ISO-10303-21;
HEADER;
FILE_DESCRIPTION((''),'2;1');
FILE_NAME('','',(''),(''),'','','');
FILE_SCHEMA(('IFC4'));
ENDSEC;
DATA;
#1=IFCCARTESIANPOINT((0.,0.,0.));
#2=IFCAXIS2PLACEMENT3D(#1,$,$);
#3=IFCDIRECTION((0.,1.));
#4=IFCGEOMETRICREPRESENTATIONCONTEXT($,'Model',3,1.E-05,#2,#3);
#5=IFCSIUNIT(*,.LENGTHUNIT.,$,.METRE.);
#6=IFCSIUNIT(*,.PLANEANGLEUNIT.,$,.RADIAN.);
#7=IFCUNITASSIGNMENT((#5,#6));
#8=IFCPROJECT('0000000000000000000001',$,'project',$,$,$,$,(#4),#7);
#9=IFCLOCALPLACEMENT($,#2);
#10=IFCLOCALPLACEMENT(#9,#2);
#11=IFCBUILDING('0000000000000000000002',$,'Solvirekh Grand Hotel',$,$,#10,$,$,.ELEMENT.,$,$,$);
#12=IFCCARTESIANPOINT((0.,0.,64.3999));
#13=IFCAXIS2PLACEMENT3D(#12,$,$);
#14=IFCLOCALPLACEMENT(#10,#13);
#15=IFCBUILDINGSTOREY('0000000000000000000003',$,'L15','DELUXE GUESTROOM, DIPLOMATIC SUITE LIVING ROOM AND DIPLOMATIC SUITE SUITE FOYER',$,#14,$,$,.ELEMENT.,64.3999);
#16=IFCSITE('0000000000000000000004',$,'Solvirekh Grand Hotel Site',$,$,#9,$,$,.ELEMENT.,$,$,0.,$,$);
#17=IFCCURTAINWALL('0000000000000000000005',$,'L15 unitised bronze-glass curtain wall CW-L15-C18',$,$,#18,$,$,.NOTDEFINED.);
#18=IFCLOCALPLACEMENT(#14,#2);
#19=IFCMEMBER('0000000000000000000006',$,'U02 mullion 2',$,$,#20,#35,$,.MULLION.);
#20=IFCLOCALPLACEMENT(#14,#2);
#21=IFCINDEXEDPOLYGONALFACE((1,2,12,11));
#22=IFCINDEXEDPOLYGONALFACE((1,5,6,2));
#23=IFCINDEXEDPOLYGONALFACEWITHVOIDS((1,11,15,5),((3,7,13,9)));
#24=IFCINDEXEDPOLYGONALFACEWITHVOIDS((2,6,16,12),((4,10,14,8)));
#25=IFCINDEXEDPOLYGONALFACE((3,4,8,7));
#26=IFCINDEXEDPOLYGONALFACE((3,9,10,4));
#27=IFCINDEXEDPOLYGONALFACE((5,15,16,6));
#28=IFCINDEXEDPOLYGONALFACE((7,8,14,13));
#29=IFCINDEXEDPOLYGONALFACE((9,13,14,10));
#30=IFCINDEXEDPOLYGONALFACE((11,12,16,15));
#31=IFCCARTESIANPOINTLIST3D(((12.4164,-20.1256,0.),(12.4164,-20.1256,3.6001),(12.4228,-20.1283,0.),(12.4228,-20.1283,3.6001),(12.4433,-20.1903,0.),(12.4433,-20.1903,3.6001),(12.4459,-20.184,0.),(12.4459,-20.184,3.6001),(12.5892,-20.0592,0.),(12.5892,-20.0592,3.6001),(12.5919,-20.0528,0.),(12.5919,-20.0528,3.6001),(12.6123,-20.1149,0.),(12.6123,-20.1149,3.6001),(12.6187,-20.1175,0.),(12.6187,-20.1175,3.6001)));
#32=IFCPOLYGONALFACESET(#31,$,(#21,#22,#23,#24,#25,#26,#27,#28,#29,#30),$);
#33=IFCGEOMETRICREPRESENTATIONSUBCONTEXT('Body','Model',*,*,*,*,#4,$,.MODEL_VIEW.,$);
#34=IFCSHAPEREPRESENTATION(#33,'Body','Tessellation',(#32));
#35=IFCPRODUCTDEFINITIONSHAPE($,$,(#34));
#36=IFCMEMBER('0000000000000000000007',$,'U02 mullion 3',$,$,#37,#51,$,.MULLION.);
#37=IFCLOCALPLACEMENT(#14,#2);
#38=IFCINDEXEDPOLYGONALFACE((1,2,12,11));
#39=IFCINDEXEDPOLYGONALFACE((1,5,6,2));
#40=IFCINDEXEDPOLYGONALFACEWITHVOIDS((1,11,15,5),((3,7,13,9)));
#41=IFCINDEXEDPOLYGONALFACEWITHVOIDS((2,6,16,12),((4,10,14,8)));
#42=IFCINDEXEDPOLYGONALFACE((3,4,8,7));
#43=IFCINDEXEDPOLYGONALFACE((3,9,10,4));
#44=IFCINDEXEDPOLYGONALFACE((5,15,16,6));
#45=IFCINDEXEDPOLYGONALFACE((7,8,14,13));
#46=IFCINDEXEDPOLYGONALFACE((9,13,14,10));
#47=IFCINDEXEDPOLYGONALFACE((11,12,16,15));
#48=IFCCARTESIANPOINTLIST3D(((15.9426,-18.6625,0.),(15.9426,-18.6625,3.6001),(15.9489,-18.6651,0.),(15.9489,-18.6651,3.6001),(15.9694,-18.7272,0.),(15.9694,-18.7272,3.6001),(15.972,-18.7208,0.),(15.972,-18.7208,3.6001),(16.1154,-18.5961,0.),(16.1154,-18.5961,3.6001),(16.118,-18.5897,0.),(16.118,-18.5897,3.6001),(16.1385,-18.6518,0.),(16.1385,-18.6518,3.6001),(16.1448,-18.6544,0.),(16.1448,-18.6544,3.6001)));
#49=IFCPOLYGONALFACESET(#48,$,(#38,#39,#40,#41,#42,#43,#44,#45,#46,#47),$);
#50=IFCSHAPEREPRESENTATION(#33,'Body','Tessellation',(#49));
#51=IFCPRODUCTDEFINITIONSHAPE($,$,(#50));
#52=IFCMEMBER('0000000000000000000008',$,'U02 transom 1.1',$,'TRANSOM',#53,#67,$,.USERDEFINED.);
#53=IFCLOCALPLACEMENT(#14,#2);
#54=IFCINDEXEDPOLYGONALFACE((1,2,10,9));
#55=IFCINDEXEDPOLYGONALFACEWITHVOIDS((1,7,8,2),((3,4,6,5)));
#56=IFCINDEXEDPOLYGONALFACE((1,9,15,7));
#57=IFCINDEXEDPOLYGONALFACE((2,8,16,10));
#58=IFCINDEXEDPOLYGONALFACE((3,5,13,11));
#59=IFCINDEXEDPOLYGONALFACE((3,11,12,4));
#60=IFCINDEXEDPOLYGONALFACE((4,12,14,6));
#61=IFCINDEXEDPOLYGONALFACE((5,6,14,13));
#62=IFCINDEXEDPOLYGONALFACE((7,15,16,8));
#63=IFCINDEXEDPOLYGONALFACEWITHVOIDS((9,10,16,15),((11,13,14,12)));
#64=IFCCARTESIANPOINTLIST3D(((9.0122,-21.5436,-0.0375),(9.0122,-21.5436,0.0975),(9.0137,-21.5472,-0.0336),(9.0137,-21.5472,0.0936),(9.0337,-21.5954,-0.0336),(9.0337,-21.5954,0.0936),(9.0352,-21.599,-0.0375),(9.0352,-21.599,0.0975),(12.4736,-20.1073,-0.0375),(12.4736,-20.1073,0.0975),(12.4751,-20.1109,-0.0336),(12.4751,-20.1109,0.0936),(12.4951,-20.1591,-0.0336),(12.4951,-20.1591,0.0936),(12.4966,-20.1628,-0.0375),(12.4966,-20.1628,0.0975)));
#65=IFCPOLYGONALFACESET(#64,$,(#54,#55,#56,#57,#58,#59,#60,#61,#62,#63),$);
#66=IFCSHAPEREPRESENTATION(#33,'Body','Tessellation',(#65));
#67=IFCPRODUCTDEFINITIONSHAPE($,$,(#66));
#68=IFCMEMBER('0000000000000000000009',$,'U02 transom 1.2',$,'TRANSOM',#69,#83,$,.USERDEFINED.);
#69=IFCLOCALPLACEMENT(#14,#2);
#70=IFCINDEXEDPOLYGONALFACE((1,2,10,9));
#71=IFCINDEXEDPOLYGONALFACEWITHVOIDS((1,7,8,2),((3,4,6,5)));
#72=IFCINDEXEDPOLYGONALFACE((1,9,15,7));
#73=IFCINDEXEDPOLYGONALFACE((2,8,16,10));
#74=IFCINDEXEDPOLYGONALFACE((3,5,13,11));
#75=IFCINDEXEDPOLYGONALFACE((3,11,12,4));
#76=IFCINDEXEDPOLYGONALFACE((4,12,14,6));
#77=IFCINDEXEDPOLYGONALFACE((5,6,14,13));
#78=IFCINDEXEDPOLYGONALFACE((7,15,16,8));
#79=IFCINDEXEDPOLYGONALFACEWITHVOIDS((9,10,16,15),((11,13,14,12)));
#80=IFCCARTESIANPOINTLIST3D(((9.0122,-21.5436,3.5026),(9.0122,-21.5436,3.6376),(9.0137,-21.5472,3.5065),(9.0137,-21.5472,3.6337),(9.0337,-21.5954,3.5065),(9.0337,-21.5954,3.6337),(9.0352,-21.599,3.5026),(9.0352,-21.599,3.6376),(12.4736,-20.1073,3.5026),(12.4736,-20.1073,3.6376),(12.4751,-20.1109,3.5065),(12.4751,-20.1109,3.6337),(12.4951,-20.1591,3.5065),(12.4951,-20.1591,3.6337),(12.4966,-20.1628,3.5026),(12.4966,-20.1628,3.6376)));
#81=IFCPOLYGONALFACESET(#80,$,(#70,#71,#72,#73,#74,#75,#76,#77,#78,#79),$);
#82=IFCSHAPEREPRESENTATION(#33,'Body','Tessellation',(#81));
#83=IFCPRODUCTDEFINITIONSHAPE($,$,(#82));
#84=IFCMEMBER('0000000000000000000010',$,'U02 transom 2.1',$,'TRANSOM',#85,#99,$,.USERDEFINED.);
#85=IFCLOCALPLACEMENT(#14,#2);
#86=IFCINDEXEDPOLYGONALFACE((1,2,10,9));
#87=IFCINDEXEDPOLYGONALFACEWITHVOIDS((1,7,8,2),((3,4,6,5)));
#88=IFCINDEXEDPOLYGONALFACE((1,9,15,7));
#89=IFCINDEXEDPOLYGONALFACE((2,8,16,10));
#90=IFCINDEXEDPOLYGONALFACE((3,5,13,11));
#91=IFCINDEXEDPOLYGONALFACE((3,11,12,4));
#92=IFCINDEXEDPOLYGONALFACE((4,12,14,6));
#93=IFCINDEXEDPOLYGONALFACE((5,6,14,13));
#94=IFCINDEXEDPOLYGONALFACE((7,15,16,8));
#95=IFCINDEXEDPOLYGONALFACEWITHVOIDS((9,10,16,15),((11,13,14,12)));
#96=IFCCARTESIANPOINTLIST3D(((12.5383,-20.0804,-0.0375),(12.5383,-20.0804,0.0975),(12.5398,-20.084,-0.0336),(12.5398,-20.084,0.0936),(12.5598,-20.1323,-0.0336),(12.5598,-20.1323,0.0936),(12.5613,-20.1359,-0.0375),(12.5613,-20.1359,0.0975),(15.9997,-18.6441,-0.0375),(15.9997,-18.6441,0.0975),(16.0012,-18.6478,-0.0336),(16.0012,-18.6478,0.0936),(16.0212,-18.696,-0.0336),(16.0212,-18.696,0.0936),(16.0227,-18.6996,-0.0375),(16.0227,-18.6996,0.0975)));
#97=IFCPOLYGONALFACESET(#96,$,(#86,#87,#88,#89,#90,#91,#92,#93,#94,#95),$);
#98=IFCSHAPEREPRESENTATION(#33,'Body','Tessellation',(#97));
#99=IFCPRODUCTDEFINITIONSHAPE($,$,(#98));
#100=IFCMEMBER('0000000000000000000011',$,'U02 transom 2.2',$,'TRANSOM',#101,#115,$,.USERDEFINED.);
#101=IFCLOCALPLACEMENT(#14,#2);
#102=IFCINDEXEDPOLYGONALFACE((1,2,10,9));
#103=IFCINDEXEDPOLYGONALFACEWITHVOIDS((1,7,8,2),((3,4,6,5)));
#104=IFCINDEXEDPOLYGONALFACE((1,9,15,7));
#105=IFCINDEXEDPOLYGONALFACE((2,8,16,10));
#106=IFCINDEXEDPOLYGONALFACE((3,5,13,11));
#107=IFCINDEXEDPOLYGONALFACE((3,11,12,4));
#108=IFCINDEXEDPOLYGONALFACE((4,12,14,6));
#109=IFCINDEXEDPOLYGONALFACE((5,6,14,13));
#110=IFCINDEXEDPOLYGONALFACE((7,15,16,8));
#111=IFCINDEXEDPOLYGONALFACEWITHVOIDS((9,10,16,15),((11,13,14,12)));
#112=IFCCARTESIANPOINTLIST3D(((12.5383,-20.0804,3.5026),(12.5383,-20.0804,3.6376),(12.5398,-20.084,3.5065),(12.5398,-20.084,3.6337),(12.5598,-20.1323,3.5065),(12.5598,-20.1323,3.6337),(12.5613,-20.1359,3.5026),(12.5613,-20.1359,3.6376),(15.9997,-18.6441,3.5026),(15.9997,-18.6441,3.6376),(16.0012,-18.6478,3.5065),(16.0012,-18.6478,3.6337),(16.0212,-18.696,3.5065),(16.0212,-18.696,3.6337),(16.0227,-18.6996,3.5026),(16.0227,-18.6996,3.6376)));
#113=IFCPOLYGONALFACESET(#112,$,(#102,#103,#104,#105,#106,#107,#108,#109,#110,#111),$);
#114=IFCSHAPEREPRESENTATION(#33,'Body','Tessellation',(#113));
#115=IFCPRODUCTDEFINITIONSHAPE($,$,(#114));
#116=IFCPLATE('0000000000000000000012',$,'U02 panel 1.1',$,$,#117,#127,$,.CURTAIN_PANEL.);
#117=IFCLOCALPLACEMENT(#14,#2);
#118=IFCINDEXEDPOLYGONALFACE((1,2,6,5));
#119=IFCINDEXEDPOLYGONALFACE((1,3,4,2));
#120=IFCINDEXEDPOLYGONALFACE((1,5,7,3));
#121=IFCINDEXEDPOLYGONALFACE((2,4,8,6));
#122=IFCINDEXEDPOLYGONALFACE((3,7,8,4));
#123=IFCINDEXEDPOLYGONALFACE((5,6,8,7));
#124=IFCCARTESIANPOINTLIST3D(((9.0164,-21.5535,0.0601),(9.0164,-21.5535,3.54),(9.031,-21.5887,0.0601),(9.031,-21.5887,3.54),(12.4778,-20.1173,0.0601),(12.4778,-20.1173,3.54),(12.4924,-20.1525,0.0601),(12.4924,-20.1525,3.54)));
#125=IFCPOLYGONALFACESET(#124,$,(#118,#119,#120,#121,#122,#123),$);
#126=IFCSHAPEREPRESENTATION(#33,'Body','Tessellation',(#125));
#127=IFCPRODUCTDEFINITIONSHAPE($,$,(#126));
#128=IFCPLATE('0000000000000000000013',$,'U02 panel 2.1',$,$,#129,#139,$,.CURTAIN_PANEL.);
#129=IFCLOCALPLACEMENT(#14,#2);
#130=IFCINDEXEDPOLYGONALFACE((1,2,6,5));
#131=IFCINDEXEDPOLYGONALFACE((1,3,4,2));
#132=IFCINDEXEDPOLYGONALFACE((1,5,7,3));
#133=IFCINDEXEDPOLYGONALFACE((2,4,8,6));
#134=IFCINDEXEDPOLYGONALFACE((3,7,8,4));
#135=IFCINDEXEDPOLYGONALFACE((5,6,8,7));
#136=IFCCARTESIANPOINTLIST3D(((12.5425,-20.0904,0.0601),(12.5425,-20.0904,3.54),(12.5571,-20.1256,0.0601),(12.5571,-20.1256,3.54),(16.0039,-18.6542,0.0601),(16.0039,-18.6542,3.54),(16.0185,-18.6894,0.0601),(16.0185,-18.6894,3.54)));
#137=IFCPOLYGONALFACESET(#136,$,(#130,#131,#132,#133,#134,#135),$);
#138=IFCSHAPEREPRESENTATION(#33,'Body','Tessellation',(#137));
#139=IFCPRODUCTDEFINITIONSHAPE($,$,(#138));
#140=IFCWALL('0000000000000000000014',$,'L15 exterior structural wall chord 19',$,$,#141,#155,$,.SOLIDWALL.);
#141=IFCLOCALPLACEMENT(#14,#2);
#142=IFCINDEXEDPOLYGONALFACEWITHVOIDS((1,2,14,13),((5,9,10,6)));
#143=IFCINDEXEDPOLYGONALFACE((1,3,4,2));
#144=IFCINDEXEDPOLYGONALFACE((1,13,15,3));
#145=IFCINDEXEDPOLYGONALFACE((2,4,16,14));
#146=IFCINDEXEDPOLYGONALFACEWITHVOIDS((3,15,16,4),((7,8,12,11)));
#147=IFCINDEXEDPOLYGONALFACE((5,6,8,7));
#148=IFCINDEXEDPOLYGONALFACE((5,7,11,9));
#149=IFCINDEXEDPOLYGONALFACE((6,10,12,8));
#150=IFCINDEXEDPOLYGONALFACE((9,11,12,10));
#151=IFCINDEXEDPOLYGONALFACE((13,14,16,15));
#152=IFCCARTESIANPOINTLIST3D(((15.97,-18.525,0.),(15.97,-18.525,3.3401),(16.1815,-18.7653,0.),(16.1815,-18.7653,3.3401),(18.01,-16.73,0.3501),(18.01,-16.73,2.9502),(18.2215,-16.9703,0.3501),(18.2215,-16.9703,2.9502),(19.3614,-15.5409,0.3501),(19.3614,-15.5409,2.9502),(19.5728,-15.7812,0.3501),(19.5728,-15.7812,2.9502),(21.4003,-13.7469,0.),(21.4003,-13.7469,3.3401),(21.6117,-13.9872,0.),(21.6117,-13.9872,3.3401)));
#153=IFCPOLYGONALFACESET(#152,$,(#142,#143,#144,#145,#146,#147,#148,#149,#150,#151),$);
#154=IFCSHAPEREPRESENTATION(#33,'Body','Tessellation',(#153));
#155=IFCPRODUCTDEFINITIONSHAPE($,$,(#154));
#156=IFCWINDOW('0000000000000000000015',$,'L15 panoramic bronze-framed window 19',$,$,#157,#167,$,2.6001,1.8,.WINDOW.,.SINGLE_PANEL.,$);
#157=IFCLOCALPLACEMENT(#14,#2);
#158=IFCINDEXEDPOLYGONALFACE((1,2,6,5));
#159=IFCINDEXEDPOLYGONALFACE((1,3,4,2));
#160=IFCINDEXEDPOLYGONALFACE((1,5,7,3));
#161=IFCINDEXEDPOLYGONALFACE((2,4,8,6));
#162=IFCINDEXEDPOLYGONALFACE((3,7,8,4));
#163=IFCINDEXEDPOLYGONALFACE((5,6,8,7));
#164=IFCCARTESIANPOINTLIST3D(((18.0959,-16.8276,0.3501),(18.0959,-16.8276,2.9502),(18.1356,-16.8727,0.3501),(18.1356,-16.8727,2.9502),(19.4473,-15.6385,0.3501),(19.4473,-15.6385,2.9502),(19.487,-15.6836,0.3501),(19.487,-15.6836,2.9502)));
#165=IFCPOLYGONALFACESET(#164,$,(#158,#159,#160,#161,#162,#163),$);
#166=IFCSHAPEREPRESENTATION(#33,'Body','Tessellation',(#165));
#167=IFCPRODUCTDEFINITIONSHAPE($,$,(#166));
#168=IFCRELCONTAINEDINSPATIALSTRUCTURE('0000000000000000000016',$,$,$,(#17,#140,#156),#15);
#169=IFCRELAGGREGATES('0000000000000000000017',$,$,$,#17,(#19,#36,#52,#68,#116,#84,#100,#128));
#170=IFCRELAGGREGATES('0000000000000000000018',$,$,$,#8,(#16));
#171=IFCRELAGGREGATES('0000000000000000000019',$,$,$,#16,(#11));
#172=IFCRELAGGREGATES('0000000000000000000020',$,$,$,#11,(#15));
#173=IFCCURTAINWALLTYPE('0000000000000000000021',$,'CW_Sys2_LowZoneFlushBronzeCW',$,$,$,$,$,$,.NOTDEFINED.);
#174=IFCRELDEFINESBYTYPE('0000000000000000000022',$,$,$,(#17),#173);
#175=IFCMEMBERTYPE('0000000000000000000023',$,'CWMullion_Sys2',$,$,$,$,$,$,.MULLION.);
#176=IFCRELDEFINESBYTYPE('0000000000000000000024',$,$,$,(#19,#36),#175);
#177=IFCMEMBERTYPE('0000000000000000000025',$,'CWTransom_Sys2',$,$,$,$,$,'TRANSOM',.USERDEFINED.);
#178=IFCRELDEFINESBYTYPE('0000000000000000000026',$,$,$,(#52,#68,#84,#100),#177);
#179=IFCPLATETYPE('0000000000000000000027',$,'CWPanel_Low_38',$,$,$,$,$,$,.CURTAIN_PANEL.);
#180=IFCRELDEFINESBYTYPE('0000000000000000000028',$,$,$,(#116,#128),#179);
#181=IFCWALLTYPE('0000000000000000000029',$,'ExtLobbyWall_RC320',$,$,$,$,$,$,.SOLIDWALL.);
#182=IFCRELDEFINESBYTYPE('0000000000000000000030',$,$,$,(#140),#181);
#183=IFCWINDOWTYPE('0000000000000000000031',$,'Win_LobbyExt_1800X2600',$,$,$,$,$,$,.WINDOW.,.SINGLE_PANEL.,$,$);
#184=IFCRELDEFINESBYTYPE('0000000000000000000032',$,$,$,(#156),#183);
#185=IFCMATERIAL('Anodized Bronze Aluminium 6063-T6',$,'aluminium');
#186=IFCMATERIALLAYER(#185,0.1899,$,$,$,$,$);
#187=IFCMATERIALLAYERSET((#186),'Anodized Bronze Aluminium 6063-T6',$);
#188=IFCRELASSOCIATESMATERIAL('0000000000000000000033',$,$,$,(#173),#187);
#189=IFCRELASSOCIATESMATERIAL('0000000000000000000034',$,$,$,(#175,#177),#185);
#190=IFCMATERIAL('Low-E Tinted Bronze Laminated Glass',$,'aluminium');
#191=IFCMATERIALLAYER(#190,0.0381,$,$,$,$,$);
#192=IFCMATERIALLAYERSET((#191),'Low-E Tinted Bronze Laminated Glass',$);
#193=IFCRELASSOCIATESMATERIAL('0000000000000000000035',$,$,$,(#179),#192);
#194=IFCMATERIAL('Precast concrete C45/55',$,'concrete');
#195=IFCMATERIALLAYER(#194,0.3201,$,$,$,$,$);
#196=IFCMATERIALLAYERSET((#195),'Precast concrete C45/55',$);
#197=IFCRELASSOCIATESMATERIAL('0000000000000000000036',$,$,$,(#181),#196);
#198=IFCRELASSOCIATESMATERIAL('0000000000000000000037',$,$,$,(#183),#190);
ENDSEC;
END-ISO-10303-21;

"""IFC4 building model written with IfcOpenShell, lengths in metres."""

from ifc_helpers import new_model, si_unit, direction, frame, frame_2d, origin, origin_2d, place, context, subcontext, project, spatial, rectangle, hollow_rectangle, extrude, source, transform, mapped, material, layer, layer_set, material_profile, profile_set, type_object, element, fill, aggregate, save


model = new_model("IFC4")

# Units and contexts
model_context = context("Model", 3, precision=1e-05, world=origin(), true_north=direction((0.0, 1.0)))
body_context = subcontext(model_context, "Body", "Model", "MODEL_VIEW")
ifc_project = project(units=[si_unit("LENGTHUNIT", "METRE"), si_unit("PLANEANGLEUNIT", "RADIAN")], contexts=[model_context])

# Site, building, storey
site_placement = place(None, origin())
site = spatial("IfcSite", under=ifc_project, at=site_placement, Name="Solvirekh Grand Hotel Site", CompositionType="ELEMENT", RefElevation=0.0)
building_placement = place(site_placement, origin())
building = spatial("IfcBuilding", under=site, at=building_placement, Name="Solvirekh Grand Hotel", CompositionType="ELEMENT")
storey_placement = place(building_placement, frame((0.0, 0.0, 64.3999)))
storey = spatial("IfcBuildingStorey", under=building, at=storey_placement, Name="L15", Description="DELUXE GUESTROOM, DIPLOMATIC SUITE LIVING ROOM AND DIPLOMATIC SUITE SUITE FOYER", CompositionType="ELEMENT", Elevation=64.3999)

# Curtain wall, members, plates
ifc_material_1 = material(Name="Anodized Bronze Aluminium 6063-T6", Category="aluminium")
ifc_layer_1 = layer(ifc_material_1, 0.1899)
ifc_layer_set_1 = layer_set([ifc_layer_1], Name="Anodized Bronze Aluminium 6063-T6")
curtain_wall_type = type_object("IfcCurtainWallType", Name="CW_Sys2_LowZoneFlushBronzeCW", PredefinedType="NOTDEFINED", material=ifc_layer_set_1)
curtain_wall_placement = place(storey_placement, origin())
curtain_wall = element("IfcCurtainWall", 1, at=curtain_wall_placement, inside=storey, type_object=curtain_wall_type, Name="L15 unitised bronze-glass curtain wall CW-L15-C18", PredefinedType="NOTDEFINED")
ifc_material_profile_1 = material_profile(ifc_material_1, hollow_rectangle(XDim=0.0701, YDim=0.1899, WallThickness=0.0049, at=origin_2d()), Name="ALU RHS 190X70X5")
ifc_profile_set_1 = profile_set([ifc_material_profile_1], Name="Anodized Bronze Aluminium 6063-T6")
member_type_1 = type_object("IfcMemberType", Name="CWMullion_Sys2", PredefinedType="MULLION", material=ifc_profile_set_1)
shared_shape_1 = source(origin(), body_context, "Body", "SweptSolid", [
    extrude(hollow_rectangle(XDim=0.0701, YDim=0.1899, WallThickness=0.0049, at=origin_2d()), origin(), (0.0, 0.0, 1.0), 3.6001),
])
member_1_placement = place(storey_placement, frame((12.5176, -20.1216, 0.0), z_axis=(0.0, 0.0, 1.0), x_axis=(-0.383242, 0.923648, 0.0)))
member_1 = element("IfcMember", 2, at=member_1_placement, type_object=member_type_1, Name="U02 mullion 2", PredefinedType="MULLION", context=body_context, shape_type="MappedRepresentation", body=[
    mapped(shared_shape_1, transform((0.0, 0.0, 0.0), x_axis=(1.0, 0.0, 0.0), y_axis=(0.0, 1.0, 0.0), z_axis=(0.0, 0.0, 1.0), scale=1.0)),
])
member_2_placement = place(storey_placement, frame((16.0437, -18.6584, 0.0), z_axis=(0.0, 0.0, 1.0), x_axis=(-0.383242, 0.923648, 0.0)))
member_2 = element("IfcMember", 3, at=member_2_placement, type_object=member_type_1, Name="U02 mullion 3", PredefinedType="MULLION", context=body_context, shape_type="MappedRepresentation", body=[
    mapped(shared_shape_1, transform((0.0, 0.0, 0.0), x_axis=(1.0, 0.0, 0.0), y_axis=(0.0, 1.0, 0.0), z_axis=(0.0, 0.0, 1.0), scale=1.0)),
])
ifc_material_profile_2 = material_profile(ifc_material_1, hollow_rectangle(XDim=0.0601, YDim=0.135, WallThickness=0.0039, at=origin_2d()), Name="ALU RHS 135X60X4")
ifc_profile_set_2 = profile_set([ifc_material_profile_2], Name="Anodized Bronze Aluminium 6063-T6")
member_type_2 = type_object("IfcMemberType", Name="CWTransom_Sys2", ElementType="TRANSOM", PredefinedType="USERDEFINED", material=ifc_profile_set_2)
shared_shape_2 = source(origin(), body_context, "Body", "SweptSolid", [
    extrude(hollow_rectangle(XDim=0.0601, YDim=0.135, WallThickness=0.0039, at=origin_2d()), origin(), (0.0, 0.0, 1.0), 3.7476),
])
member_3_placement = place(storey_placement, frame((9.0237, -21.5713, 0.03), z_axis=(0.923643, 0.383255, 0.0), x_axis=(-0.383255, 0.923643, 0.0)))
member_3 = element("IfcMember", 4, at=member_3_placement, type_object=member_type_2, Name="U02 transom 1.1", ObjectType="TRANSOM", PredefinedType="USERDEFINED", context=body_context, shape_type="MappedRepresentation", body=[
    mapped(shared_shape_2, transform((0.0, 0.0, 0.0), x_axis=(1.0, 0.0, 0.0), y_axis=(0.0, 1.0, 0.0), z_axis=(0.0, 0.0, 1.0), scale=1.0)),
])
member_4_placement = place(storey_placement, frame((9.0237, -21.5713, 3.5701), z_axis=(0.923643, 0.383255, 0.0), x_axis=(-0.383255, 0.923643, 0.0)))
member_4 = element("IfcMember", 5, at=member_4_placement, type_object=member_type_2, Name="U02 transom 1.2", ObjectType="TRANSOM", PredefinedType="USERDEFINED", context=body_context, shape_type="MappedRepresentation", body=[
    mapped(shared_shape_2, transform((0.0, 0.0, 0.0), x_axis=(1.0, 0.0, 0.0), y_axis=(0.0, 1.0, 0.0), z_axis=(0.0, 0.0, 1.0), scale=1.0)),
])
member_5_placement = place(storey_placement, frame((12.5498, -20.1082, 0.03), z_axis=(0.923643, 0.383255, 0.0), x_axis=(-0.383255, 0.923643, 0.0)))
member_5 = element("IfcMember", 6, at=member_5_placement, type_object=member_type_2, Name="U02 transom 2.1", ObjectType="TRANSOM", PredefinedType="USERDEFINED", context=body_context, shape_type="MappedRepresentation", body=[
    mapped(shared_shape_2, transform((0.0, 0.0, 0.0), x_axis=(1.0, 0.0, 0.0), y_axis=(0.0, 1.0, 0.0), z_axis=(0.0, 0.0, 1.0), scale=1.0)),
])
member_6_placement = place(storey_placement, frame((12.5498, -20.1082, 3.5701), z_axis=(0.923643, 0.383255, 0.0), x_axis=(-0.383255, 0.923643, 0.0)))
member_6 = element("IfcMember", 7, at=member_6_placement, type_object=member_type_2, Name="U02 transom 2.2", ObjectType="TRANSOM", PredefinedType="USERDEFINED", context=body_context, shape_type="MappedRepresentation", body=[
    mapped(shared_shape_2, transform((0.0, 0.0, 0.0), x_axis=(1.0, 0.0, 0.0), y_axis=(0.0, 1.0, 0.0), z_axis=(0.0, 0.0, 1.0), scale=1.0)),
])
ifc_material_2 = material(Name="Low-E Tinted Bronze Laminated Glass", Category="aluminium")
ifc_layer_2 = layer(ifc_material_2, 0.0381)
ifc_layer_set_2 = layer_set([ifc_layer_2], Name="Low-E Tinted Bronze Laminated Glass")
plate_type = type_object("IfcPlateType", Name="CWPanel_Low_38", PredefinedType="CURTAIN_PANEL", material=ifc_layer_set_2)
shared_shape_3 = source(origin(), body_context, "Body", "SweptSolid", [
    extrude(rectangle(XDim=3.7476, YDim=0.0381, at=origin_2d()), origin(), (0.0, 0.0, 1.0), 3.48),
])
plate_1_placement = place(storey_placement, frame((10.7544, -20.853, 0.0601), z_axis=(0.0, 0.0, 1.0), x_axis=(0.923648, 0.383242, 0.0)))
plate_1 = element("IfcPlate", 8, at=plate_1_placement, type_object=plate_type, Name="U02 panel 1.1", PredefinedType="CURTAIN_PANEL", context=body_context, shape_type="MappedRepresentation", body=[
    mapped(shared_shape_3, transform((0.0, 0.0, 0.0), x_axis=(1.0, 0.0, 0.0), y_axis=(0.0, 1.0, 0.0), z_axis=(0.0, 0.0, 1.0), scale=1.0)),
])
plate_2_placement = place(storey_placement, frame((14.2805, -19.3899, 0.0601), z_axis=(0.0, 0.0, 1.0), x_axis=(0.923648, 0.383242, 0.0)))
plate_2 = element("IfcPlate", 9, at=plate_2_placement, type_object=plate_type, Name="U02 panel 2.1", PredefinedType="CURTAIN_PANEL", context=body_context, shape_type="MappedRepresentation", body=[
    mapped(shared_shape_3, transform((0.0, 0.0, 0.0), x_axis=(1.0, 0.0, 0.0), y_axis=(0.0, 1.0, 0.0), z_axis=(0.0, 0.0, 1.0), scale=1.0)),
])
aggregate(curtain_wall, [member_1, member_2, member_3, member_4, plate_1, member_5, member_6, plate_2])

# Wall, opening, window
ifc_material_3 = material(Name="Precast concrete C45/55", Category="concrete")
ifc_layer_3 = layer(ifc_material_3, 0.3201)
ifc_layer_set_3 = layer_set([ifc_layer_3], Name="Precast concrete C45/55")
wall_type_1 = type_object("IfcWallType", Name="ExtLobbyWall_RC320", PredefinedType="SOLIDWALL", material=ifc_layer_set_3)
wall_1_placement = place(storey_placement, frame((21.5061, -13.8669, 0.0), z_axis=(0.0, 0.0, 1.0), x_axis=(-0.750746, -0.660591, 0.0)))
wall_1 = element("IfcWall", 10, at=wall_1_placement, inside=storey, type_object=wall_type_1, Name="L15 exterior structural wall chord 19", PredefinedType="SOLIDWALL", context=body_context, shape_type="SweptSolid", body=[
    extrude(rectangle(XDim=7.2332, YDim=0.3201, at=frame_2d((3.6167, 0.0))), origin(), (0.0, 0.0, 1.0), 3.3401),
])
opening_1_placement = place(wall_1_placement, frame((2.7161, 0.0, 0.3501)))
opening_1 = element("IfcOpeningElement", 11, at=opening_1_placement, cuts=wall_1, PredefinedType="OPENING", context=body_context, shape_type="SweptSolid", body=[
    extrude(rectangle(XDim=1.8, YDim=2.6001, at=frame_2d((0.8999, 1.3))), frame((0.0, 0.1699, 0.0), z_axis=(0.0, -1.0, 0.0), x_axis=(1.0, 0.0, 0.0)), (0.0, 0.0, 1.0), 0.3401),
])
window_type = type_object("IfcWindowType", Name="Win_LobbyExt_1800X2600", PartitioningType="SINGLE_PANEL", PredefinedType="WINDOW", material=ifc_material_2)
window_1_placement = place(opening_1_placement, origin())
window_1 = element("IfcWindow", 12, at=window_1_placement, inside=storey, type_object=window_type, Name="L15 panoramic bronze-framed window 19", OverallHeight=2.6001, OverallWidth=1.8, PartitioningType="SINGLE_PANEL", PredefinedType="WINDOW", context=body_context, shape_type="SweptSolid", body=[
    extrude(rectangle(XDim=1.8, YDim=2.6001, at=frame_2d((0.8999, 1.3))), frame((0.0, 0.03, 0.0), z_axis=(0.0, -1.0, 0.0), x_axis=(1.0, 0.0, 0.0)), (0.0, 0.0, 1.0), 0.0601),
])
fill(opening_1, window_1)

save(model, "model.ifc")
